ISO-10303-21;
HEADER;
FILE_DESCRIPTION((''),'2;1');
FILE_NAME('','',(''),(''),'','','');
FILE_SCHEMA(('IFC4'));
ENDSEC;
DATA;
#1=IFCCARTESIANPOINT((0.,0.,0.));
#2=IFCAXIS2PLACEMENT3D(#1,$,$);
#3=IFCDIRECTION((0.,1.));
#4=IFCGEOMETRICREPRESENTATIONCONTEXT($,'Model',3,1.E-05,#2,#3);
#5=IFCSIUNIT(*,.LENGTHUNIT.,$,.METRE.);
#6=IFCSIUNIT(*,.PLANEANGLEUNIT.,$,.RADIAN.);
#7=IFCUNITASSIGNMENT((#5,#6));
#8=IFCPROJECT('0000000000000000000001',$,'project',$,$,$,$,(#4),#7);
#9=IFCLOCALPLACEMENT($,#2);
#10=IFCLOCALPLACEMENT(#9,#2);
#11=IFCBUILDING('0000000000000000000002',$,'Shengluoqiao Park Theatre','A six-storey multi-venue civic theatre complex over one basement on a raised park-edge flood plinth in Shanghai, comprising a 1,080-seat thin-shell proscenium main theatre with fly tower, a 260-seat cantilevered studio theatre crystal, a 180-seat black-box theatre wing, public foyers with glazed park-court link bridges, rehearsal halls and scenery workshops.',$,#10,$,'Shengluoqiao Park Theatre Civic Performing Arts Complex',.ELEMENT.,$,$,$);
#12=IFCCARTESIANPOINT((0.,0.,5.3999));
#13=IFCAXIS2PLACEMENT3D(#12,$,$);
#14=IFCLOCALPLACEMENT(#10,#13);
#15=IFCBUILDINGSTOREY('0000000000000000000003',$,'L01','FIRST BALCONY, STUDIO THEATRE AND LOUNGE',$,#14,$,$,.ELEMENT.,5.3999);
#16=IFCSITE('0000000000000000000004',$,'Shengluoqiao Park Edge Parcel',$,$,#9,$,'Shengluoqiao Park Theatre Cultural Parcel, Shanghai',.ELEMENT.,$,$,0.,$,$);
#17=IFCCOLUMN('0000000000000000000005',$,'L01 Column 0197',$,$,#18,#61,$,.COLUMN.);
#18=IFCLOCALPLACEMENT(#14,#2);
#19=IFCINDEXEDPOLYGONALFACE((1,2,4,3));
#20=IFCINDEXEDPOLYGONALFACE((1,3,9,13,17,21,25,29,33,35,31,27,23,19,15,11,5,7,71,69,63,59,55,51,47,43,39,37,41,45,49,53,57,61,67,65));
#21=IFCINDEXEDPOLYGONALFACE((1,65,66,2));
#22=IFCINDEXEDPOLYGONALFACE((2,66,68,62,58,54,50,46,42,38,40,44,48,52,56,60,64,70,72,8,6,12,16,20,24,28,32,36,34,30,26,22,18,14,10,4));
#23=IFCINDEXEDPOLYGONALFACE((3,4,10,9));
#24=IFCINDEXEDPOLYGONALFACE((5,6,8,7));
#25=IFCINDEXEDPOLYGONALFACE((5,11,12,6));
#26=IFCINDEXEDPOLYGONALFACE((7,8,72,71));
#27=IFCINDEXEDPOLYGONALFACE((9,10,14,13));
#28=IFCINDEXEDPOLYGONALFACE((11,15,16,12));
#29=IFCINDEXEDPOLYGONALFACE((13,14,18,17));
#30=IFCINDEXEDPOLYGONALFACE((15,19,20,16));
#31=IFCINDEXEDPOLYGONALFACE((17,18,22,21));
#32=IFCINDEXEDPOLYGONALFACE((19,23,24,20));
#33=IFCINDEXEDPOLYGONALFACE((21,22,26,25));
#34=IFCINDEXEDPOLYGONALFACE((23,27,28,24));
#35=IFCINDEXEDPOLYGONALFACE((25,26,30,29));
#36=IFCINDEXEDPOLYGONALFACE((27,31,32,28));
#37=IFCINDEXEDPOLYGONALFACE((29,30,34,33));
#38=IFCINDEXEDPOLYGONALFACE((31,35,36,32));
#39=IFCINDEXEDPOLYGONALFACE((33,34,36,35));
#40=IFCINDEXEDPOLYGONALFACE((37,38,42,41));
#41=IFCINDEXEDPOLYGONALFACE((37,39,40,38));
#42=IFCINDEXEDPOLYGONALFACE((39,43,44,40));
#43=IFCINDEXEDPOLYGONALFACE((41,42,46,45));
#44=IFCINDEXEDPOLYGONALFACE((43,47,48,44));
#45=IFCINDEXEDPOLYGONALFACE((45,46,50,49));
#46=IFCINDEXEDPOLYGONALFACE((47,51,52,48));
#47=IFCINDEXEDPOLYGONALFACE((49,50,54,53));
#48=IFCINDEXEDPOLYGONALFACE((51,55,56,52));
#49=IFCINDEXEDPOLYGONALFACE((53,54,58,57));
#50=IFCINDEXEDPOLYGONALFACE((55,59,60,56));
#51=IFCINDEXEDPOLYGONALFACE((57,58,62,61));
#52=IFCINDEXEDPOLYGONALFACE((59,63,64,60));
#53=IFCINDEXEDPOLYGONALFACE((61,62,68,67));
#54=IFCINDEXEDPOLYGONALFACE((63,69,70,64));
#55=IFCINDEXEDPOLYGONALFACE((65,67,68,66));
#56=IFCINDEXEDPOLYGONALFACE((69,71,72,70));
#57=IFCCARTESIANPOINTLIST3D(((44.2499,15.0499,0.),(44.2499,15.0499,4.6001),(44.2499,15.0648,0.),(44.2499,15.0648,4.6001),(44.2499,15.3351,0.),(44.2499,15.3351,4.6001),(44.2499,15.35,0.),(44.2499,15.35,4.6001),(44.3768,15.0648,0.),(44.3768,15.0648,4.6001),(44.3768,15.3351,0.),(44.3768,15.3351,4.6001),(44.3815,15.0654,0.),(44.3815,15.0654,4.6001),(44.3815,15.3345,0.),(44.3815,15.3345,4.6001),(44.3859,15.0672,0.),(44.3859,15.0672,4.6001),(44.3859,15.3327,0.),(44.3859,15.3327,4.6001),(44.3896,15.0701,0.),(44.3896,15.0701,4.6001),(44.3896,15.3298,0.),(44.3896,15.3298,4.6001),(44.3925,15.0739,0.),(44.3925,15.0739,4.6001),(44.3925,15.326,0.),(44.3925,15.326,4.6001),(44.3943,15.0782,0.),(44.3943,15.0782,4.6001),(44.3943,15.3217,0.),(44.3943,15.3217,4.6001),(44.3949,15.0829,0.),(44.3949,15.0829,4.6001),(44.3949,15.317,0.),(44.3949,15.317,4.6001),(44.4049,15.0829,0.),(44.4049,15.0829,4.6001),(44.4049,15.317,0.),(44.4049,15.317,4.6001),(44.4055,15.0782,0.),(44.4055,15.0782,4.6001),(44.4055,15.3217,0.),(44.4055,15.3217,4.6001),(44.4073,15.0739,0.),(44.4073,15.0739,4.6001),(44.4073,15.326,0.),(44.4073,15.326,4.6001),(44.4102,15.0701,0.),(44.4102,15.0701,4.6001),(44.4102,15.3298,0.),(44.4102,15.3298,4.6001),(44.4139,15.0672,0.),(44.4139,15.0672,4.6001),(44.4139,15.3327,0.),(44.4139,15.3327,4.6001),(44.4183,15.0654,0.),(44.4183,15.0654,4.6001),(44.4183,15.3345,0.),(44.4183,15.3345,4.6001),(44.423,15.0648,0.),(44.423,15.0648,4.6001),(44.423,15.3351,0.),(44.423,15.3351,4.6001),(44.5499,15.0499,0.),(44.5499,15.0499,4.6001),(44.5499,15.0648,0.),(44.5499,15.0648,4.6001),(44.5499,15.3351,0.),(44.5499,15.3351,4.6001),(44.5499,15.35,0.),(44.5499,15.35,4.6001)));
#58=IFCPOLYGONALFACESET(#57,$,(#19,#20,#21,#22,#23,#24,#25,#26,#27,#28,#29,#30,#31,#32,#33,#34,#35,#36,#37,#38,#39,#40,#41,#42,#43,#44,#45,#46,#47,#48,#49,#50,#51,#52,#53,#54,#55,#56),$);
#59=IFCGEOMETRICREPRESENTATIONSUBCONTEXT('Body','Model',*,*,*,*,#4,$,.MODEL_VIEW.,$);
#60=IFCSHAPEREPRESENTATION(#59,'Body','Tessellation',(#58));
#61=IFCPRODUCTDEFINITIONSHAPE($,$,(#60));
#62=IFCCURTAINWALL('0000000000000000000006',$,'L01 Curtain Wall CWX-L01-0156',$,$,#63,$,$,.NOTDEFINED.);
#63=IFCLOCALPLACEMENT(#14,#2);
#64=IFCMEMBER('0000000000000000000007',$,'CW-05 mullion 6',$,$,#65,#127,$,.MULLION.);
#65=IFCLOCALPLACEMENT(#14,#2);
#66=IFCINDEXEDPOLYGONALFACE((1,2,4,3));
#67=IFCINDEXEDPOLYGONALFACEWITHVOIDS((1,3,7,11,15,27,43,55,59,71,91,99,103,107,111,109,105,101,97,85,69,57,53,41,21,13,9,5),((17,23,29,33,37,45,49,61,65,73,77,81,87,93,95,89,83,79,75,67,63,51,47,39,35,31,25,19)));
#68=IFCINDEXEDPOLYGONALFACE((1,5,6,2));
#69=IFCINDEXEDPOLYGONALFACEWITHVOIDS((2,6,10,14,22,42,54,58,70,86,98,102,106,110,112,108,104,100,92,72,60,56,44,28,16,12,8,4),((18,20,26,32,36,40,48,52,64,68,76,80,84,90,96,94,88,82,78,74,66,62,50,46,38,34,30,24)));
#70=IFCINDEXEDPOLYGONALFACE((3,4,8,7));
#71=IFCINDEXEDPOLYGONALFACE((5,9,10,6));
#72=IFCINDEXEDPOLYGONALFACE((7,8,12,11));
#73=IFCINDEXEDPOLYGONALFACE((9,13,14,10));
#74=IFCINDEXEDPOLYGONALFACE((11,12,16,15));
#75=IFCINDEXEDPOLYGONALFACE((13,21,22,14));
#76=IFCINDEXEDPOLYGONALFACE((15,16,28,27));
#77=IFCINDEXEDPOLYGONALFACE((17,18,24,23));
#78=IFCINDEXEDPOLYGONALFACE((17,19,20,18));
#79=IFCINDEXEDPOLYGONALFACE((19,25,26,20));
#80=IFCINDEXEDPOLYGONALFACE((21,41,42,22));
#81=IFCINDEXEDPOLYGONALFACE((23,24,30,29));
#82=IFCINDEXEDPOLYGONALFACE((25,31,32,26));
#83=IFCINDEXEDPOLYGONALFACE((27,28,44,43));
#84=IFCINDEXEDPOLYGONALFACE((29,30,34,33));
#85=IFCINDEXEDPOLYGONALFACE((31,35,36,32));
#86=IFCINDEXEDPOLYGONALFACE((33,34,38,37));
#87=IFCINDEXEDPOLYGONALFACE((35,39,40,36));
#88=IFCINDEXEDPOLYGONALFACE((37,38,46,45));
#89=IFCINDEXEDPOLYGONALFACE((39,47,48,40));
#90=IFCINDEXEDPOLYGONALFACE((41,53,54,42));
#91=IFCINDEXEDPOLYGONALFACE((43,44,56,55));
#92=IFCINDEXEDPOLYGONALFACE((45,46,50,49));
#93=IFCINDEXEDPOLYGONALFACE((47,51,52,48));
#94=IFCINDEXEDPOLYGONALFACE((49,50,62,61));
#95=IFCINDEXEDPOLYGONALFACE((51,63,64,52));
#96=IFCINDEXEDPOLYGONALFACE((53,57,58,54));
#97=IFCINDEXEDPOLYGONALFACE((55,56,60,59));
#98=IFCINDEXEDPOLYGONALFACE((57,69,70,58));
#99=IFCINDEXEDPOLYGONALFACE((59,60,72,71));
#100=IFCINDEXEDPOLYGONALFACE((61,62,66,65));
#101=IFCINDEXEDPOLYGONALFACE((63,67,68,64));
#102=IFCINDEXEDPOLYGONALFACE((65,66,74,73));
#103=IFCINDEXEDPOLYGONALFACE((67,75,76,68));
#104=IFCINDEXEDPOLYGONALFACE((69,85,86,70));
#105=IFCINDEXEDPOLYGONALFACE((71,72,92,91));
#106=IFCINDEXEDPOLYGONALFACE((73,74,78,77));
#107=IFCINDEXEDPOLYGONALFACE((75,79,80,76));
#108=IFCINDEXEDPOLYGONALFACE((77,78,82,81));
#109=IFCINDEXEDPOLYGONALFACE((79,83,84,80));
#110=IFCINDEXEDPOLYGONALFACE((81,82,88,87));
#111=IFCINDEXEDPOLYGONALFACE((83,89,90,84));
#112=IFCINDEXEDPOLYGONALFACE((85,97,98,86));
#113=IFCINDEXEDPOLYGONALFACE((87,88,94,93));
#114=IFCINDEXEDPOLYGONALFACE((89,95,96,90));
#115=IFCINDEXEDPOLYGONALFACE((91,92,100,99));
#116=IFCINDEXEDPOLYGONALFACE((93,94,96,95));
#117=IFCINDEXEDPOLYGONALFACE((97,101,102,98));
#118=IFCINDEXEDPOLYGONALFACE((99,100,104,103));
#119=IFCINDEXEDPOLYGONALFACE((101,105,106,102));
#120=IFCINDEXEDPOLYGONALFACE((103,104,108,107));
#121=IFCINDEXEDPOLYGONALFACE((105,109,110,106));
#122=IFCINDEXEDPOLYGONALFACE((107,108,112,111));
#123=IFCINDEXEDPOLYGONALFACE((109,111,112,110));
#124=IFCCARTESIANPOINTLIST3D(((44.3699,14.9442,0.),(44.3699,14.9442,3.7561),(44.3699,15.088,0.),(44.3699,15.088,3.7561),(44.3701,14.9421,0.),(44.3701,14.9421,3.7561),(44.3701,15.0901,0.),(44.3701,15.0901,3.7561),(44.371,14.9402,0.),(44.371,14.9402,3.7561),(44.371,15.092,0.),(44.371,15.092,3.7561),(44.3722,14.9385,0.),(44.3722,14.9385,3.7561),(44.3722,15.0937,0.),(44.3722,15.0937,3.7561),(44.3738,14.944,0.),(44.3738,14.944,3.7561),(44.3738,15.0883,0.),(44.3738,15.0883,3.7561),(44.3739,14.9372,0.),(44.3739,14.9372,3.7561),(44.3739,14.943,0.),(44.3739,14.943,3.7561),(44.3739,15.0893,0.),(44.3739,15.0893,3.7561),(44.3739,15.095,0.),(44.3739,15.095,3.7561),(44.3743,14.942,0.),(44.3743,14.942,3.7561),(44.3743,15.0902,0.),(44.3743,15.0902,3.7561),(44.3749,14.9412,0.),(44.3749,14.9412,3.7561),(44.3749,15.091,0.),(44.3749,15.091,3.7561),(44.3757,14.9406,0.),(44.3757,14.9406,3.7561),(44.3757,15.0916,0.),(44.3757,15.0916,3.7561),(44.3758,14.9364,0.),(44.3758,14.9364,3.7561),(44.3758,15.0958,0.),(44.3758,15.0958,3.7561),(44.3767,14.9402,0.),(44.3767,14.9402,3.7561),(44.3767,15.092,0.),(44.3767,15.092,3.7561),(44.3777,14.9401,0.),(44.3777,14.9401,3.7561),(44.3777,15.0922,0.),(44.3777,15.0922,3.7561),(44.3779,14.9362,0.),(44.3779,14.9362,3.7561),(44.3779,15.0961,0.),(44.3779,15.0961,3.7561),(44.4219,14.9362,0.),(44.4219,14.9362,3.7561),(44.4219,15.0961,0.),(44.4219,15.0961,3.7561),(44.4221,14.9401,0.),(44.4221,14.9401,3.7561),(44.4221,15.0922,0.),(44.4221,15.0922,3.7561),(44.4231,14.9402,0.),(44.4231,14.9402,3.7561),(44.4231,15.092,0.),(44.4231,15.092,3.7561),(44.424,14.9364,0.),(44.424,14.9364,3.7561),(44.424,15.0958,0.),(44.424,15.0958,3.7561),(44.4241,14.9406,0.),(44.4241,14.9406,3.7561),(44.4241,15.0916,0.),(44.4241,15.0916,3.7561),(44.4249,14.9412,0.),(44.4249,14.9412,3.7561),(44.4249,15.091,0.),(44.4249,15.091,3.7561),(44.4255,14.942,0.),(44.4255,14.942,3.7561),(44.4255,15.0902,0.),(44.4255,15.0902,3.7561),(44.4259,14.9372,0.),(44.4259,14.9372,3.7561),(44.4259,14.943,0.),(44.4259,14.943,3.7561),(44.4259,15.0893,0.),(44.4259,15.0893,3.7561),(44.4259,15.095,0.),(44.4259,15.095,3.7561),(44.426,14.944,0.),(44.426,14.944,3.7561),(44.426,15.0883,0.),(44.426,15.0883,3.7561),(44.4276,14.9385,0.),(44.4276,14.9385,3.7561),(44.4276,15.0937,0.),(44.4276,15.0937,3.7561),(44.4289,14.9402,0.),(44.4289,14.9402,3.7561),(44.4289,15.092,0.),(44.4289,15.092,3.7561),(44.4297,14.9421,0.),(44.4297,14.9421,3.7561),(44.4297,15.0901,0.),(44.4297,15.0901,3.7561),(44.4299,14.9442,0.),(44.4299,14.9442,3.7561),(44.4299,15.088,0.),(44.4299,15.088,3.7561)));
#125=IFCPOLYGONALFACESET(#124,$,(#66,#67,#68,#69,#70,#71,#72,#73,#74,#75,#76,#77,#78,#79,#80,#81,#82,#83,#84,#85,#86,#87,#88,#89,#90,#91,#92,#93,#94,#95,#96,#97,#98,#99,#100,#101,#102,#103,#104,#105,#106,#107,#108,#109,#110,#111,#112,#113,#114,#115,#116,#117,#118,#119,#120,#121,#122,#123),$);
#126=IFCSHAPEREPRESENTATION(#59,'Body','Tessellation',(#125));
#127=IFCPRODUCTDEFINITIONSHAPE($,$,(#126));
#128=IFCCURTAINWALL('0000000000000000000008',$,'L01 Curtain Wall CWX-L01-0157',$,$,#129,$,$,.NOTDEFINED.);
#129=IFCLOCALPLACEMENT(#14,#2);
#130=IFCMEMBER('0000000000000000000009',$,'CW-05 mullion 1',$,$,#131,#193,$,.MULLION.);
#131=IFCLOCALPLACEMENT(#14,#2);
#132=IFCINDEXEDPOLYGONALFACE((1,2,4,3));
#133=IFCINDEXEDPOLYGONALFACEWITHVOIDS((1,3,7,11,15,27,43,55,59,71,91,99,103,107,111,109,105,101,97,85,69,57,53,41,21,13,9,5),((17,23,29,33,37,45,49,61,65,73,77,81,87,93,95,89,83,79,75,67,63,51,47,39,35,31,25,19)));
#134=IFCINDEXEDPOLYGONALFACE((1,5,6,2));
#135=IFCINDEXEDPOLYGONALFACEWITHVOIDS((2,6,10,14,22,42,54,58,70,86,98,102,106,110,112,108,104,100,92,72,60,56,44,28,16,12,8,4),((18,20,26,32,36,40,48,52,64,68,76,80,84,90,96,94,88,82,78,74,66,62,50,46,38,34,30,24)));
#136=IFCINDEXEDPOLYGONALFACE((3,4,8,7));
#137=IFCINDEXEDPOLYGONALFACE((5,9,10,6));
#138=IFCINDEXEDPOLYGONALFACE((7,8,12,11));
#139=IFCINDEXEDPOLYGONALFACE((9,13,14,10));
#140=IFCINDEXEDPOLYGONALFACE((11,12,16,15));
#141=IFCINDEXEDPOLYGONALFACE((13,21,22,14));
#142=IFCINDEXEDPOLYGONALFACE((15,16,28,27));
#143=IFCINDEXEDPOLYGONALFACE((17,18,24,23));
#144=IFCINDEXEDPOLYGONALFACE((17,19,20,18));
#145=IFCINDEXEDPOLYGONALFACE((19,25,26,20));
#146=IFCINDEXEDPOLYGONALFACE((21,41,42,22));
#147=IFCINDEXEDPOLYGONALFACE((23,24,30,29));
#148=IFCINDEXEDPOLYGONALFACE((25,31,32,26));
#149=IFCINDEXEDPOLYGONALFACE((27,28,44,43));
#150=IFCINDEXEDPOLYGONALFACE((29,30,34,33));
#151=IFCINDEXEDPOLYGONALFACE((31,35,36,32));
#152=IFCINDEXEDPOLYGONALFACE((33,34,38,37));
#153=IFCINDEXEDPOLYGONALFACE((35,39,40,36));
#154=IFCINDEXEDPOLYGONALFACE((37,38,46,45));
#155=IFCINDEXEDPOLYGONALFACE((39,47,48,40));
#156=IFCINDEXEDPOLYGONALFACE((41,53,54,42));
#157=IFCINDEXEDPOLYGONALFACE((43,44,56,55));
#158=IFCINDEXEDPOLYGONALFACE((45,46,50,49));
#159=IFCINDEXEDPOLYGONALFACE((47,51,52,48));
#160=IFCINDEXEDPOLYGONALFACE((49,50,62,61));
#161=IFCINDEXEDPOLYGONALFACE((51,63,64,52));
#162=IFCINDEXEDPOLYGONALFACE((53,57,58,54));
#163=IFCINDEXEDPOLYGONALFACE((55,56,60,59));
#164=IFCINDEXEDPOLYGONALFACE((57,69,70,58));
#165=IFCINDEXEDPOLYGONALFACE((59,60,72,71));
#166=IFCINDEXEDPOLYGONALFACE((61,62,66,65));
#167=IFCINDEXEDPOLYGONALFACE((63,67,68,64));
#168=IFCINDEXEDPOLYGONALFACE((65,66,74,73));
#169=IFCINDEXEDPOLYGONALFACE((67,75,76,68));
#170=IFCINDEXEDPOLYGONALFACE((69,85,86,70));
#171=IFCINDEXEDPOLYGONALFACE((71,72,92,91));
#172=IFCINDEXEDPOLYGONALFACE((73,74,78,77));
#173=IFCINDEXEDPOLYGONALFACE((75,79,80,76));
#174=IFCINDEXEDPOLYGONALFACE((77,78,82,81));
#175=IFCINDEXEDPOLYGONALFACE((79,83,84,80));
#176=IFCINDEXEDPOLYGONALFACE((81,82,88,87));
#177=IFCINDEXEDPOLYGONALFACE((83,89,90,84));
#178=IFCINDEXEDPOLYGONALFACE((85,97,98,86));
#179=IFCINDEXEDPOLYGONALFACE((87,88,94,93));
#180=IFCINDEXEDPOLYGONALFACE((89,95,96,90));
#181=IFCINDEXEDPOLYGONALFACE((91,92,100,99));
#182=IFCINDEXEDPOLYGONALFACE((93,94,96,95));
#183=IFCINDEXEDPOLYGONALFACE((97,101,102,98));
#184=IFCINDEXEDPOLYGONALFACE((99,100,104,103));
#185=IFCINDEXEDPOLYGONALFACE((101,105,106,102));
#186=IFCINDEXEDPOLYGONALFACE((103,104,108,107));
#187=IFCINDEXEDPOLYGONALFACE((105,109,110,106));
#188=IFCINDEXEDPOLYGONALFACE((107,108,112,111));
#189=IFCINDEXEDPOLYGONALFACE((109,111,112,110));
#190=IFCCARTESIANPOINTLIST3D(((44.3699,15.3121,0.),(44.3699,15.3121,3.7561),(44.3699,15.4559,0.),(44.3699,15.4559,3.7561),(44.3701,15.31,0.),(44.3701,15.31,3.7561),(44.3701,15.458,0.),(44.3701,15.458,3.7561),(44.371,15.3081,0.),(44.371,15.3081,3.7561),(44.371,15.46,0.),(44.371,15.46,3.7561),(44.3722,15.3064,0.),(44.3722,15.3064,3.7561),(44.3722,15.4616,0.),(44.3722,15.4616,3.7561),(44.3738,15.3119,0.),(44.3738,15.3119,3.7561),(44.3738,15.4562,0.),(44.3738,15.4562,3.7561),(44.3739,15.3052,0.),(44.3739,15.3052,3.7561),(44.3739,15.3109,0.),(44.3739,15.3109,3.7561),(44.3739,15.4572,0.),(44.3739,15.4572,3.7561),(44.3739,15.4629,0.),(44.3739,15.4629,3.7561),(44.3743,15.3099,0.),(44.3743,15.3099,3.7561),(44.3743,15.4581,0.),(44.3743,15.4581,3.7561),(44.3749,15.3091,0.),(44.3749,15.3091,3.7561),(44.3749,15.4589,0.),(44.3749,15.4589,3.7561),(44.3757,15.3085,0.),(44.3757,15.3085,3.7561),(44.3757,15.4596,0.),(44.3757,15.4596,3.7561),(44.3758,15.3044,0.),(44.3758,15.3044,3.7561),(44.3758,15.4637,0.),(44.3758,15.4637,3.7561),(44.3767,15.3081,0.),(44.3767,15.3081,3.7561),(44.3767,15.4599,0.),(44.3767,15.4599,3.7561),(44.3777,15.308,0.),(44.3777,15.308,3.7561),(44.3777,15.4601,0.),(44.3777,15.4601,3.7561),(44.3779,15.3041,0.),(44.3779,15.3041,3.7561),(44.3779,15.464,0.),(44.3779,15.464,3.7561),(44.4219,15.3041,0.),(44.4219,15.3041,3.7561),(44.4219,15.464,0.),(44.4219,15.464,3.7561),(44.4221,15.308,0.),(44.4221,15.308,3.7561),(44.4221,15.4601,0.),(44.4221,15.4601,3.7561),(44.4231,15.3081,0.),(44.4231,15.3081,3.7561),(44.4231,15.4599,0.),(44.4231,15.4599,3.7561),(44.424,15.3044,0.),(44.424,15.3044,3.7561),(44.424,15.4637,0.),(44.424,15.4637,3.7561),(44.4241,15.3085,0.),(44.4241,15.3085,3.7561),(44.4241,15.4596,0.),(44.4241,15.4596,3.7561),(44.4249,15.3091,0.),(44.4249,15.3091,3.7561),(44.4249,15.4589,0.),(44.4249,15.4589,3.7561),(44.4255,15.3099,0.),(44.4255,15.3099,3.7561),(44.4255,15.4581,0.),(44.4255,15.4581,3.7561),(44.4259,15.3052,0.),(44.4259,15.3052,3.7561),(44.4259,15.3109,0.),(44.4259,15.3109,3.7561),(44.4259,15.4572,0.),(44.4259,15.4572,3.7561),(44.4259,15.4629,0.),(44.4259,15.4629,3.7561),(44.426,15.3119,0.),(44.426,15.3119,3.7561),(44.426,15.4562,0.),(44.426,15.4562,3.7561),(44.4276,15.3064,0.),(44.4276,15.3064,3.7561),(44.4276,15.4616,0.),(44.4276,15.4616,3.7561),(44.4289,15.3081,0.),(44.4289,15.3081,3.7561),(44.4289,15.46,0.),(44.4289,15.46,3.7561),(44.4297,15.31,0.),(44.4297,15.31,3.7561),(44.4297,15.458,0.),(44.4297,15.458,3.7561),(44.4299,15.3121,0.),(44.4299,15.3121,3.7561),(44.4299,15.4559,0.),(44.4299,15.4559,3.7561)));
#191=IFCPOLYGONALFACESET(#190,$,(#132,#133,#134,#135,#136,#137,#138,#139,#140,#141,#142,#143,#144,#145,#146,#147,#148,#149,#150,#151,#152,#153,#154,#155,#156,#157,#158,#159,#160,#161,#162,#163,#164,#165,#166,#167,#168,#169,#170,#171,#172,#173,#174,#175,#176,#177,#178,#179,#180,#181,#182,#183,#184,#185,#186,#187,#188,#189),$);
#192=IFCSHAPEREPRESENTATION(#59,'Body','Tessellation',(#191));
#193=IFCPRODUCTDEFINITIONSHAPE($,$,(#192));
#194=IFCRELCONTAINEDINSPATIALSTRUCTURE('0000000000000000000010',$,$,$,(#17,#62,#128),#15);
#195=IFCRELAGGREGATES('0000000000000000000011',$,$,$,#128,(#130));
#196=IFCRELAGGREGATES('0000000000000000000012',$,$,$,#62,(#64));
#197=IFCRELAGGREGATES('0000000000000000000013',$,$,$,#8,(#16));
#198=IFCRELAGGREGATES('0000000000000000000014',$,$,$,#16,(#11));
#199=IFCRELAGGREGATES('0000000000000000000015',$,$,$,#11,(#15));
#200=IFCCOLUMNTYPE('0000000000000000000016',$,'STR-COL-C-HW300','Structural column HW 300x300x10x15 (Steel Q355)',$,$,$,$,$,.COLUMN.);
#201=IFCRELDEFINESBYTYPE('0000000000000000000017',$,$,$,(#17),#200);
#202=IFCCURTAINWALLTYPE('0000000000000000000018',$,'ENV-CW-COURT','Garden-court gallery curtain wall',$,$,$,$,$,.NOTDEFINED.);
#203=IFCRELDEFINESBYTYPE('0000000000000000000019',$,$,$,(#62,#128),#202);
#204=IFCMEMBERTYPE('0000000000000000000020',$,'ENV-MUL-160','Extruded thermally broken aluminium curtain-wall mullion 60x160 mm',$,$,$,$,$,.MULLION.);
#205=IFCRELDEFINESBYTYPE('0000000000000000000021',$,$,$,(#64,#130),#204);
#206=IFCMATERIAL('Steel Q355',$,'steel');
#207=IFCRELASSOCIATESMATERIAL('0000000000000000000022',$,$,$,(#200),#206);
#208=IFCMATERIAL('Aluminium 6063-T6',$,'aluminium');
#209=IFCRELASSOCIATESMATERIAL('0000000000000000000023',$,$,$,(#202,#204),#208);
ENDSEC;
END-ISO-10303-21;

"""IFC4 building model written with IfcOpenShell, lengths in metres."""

from ifc_helpers import new_model, si_unit, direction, frame, origin, origin_2d, place, context, subcontext, project, spatial, hollow_rectangle, i_section, extrude, material, material_profile, profile_set, type_object, element, aggregate, save


model = new_model("IFC4")

# Units and contexts
model_context = context("Model", 3, precision=1e-05, world=origin(), true_north=direction((0.0, 1.0)))
body_context = subcontext(model_context, "Body", "Model", "MODEL_VIEW")
ifc_project = project(units=[si_unit("LENGTHUNIT", "METRE"), si_unit("PLANEANGLEUNIT", "RADIAN")], contexts=[model_context])

# Site, building, storey
site_placement = place(None, origin())
site = spatial("IfcSite", under=ifc_project, at=site_placement, Name="Shengluoqiao Park Edge Parcel", LongName="Shengluoqiao Park Theatre Cultural Parcel, Shanghai", CompositionType="ELEMENT", RefElevation=0.0)
building_placement = place(site_placement, origin())
building = spatial("IfcBuilding", under=site, at=building_placement, Name="Shengluoqiao Park Theatre", Description="A six-storey multi-venue civic theatre complex over one basement on a raised park-edge flood plinth in Shanghai, comprising a 1,080-seat thin-shell proscenium main theatre with fly tower, a 260-seat cantilevered studio theatre crystal, a 180-seat black-box theatre wing, public foyers with glazed park-court link bridges, rehearsal halls and scenery workshops.", LongName="Shengluoqiao Park Theatre Civic Performing Arts Complex", CompositionType="ELEMENT")
storey_placement = place(building_placement, frame((0.0, 0.0, 5.3999)))
storey = spatial("IfcBuildingStorey", under=building, at=storey_placement, Name="L01", Description="FIRST BALCONY, STUDIO THEATRE AND LOUNGE", CompositionType="ELEMENT", Elevation=5.3999)

# Column
ifc_material_1 = material(Name="Steel Q355", Category="steel")
ifc_material_profile_1 = material_profile(ifc_material_1, i_section(OverallWidth=0.3, OverallDepth=0.3, WebThickness=0.01, FlangeThickness=0.0149, FilletRadius=0.0181, at=origin_2d()), Name="HW 300x300x10x15")
ifc_profile_set_1 = profile_set([ifc_material_profile_1], Name="Steel Q355")
column_type = type_object("IfcColumnType", Name="STR-COL-C-HW300", Description="Structural column HW 300x300x10x15 (Steel Q355)", PredefinedType="COLUMN", material=ifc_profile_set_1)
column_placement = place(storey_placement, frame((44.3999, 15.2, 0.0), z_axis=(0.0, 0.0, 1.0), x_axis=(1.0, 0.0, 0.0)))
element("IfcColumn", 1, at=column_placement, inside=storey, type_object=column_type, Name="L01 Column 0197", PredefinedType="COLUMN", context=body_context, shape_type="SweptSolid", body=[
    extrude(i_section(OverallWidth=0.3, OverallDepth=0.3, WebThickness=0.01, FlangeThickness=0.0149, FilletRadius=0.0181, at=origin_2d()), origin(), (0.0, 0.0, 1.0), 4.6001),
])

# Curtain walls, members
ifc_material_2 = material(Name="Aluminium 6063-T6", Category="aluminium")
curtain_wall_type = type_object("IfcCurtainWallType", Name="ENV-CW-COURT", Description="Garden-court gallery curtain wall", PredefinedType="NOTDEFINED", material=ifc_material_2)
curtain_wall_1_placement = place(storey_placement, origin())
curtain_wall_1 = element("IfcCurtainWall", 2, at=curtain_wall_1_placement, inside=storey, type_object=curtain_wall_type, Name="L01 Curtain Wall CWX-L01-0156", PredefinedType="NOTDEFINED")
ifc_material_profile_2 = material_profile(ifc_material_2, hollow_rectangle(XDim=0.0601, YDim=0.1599, WallThickness=0.0039, InnerFilletRadius=0.0039, OuterFilletRadius=0.0081, at=origin_2d()), Name="ALU MULLION 160x60x4")
ifc_profile_set_2 = profile_set([ifc_material_profile_2], Name="Aluminium 6063-T6")
member_type_1 = type_object("IfcMemberType", Name="ENV-MUL-160", Description="Extruded thermally broken aluminium curtain-wall mullion 60x160 mm", PredefinedType="MULLION", material=ifc_profile_set_2)
member_1_placement = place(storey_placement, frame((44.3999, 15.0161, 0.0), z_axis=(0.0, 0.0, 1.0), x_axis=(-1.0, 0.0, 0.0)))
member_1 = element("IfcMember", 3, at=member_1_placement, type_object=member_type_1, Name="CW-05 mullion 6", PredefinedType="MULLION", context=body_context, shape_type="SweptSolid", body=[
    extrude(hollow_rectangle(XDim=0.0601, YDim=0.1599, WallThickness=0.0039, InnerFilletRadius=0.0039, OuterFilletRadius=0.0081, at=origin_2d()), origin(), (0.0, 0.0, 1.0), 3.7561),
])
curtain_wall_2_placement = place(storey_placement, origin())
curtain_wall_2 = element("IfcCurtainWall", 4, at=curtain_wall_2_placement, inside=storey, type_object=curtain_wall_type, Name="L01 Curtain Wall CWX-L01-0157", PredefinedType="NOTDEFINED")
member_2_placement = place(storey_placement, frame((44.3999, 15.384, 0.0), z_axis=(0.0, 0.0, 1.0), x_axis=(-1.0, 0.0, 0.0)))
member_2 = element("IfcMember", 5, at=member_2_placement, type_object=member_type_1, Name="CW-05 mullion 1", PredefinedType="MULLION", context=body_context, shape_type="SweptSolid", body=[
    extrude(hollow_rectangle(XDim=0.0601, YDim=0.1599, WallThickness=0.0039, InnerFilletRadius=0.0039, OuterFilletRadius=0.0081, at=origin_2d()), origin(), (0.0, 0.0, 1.0), 3.7561),
])
aggregate(curtain_wall_2, [member_2])

aggregate(curtain_wall_1, [member_1])

save(model, "model.ifc")
